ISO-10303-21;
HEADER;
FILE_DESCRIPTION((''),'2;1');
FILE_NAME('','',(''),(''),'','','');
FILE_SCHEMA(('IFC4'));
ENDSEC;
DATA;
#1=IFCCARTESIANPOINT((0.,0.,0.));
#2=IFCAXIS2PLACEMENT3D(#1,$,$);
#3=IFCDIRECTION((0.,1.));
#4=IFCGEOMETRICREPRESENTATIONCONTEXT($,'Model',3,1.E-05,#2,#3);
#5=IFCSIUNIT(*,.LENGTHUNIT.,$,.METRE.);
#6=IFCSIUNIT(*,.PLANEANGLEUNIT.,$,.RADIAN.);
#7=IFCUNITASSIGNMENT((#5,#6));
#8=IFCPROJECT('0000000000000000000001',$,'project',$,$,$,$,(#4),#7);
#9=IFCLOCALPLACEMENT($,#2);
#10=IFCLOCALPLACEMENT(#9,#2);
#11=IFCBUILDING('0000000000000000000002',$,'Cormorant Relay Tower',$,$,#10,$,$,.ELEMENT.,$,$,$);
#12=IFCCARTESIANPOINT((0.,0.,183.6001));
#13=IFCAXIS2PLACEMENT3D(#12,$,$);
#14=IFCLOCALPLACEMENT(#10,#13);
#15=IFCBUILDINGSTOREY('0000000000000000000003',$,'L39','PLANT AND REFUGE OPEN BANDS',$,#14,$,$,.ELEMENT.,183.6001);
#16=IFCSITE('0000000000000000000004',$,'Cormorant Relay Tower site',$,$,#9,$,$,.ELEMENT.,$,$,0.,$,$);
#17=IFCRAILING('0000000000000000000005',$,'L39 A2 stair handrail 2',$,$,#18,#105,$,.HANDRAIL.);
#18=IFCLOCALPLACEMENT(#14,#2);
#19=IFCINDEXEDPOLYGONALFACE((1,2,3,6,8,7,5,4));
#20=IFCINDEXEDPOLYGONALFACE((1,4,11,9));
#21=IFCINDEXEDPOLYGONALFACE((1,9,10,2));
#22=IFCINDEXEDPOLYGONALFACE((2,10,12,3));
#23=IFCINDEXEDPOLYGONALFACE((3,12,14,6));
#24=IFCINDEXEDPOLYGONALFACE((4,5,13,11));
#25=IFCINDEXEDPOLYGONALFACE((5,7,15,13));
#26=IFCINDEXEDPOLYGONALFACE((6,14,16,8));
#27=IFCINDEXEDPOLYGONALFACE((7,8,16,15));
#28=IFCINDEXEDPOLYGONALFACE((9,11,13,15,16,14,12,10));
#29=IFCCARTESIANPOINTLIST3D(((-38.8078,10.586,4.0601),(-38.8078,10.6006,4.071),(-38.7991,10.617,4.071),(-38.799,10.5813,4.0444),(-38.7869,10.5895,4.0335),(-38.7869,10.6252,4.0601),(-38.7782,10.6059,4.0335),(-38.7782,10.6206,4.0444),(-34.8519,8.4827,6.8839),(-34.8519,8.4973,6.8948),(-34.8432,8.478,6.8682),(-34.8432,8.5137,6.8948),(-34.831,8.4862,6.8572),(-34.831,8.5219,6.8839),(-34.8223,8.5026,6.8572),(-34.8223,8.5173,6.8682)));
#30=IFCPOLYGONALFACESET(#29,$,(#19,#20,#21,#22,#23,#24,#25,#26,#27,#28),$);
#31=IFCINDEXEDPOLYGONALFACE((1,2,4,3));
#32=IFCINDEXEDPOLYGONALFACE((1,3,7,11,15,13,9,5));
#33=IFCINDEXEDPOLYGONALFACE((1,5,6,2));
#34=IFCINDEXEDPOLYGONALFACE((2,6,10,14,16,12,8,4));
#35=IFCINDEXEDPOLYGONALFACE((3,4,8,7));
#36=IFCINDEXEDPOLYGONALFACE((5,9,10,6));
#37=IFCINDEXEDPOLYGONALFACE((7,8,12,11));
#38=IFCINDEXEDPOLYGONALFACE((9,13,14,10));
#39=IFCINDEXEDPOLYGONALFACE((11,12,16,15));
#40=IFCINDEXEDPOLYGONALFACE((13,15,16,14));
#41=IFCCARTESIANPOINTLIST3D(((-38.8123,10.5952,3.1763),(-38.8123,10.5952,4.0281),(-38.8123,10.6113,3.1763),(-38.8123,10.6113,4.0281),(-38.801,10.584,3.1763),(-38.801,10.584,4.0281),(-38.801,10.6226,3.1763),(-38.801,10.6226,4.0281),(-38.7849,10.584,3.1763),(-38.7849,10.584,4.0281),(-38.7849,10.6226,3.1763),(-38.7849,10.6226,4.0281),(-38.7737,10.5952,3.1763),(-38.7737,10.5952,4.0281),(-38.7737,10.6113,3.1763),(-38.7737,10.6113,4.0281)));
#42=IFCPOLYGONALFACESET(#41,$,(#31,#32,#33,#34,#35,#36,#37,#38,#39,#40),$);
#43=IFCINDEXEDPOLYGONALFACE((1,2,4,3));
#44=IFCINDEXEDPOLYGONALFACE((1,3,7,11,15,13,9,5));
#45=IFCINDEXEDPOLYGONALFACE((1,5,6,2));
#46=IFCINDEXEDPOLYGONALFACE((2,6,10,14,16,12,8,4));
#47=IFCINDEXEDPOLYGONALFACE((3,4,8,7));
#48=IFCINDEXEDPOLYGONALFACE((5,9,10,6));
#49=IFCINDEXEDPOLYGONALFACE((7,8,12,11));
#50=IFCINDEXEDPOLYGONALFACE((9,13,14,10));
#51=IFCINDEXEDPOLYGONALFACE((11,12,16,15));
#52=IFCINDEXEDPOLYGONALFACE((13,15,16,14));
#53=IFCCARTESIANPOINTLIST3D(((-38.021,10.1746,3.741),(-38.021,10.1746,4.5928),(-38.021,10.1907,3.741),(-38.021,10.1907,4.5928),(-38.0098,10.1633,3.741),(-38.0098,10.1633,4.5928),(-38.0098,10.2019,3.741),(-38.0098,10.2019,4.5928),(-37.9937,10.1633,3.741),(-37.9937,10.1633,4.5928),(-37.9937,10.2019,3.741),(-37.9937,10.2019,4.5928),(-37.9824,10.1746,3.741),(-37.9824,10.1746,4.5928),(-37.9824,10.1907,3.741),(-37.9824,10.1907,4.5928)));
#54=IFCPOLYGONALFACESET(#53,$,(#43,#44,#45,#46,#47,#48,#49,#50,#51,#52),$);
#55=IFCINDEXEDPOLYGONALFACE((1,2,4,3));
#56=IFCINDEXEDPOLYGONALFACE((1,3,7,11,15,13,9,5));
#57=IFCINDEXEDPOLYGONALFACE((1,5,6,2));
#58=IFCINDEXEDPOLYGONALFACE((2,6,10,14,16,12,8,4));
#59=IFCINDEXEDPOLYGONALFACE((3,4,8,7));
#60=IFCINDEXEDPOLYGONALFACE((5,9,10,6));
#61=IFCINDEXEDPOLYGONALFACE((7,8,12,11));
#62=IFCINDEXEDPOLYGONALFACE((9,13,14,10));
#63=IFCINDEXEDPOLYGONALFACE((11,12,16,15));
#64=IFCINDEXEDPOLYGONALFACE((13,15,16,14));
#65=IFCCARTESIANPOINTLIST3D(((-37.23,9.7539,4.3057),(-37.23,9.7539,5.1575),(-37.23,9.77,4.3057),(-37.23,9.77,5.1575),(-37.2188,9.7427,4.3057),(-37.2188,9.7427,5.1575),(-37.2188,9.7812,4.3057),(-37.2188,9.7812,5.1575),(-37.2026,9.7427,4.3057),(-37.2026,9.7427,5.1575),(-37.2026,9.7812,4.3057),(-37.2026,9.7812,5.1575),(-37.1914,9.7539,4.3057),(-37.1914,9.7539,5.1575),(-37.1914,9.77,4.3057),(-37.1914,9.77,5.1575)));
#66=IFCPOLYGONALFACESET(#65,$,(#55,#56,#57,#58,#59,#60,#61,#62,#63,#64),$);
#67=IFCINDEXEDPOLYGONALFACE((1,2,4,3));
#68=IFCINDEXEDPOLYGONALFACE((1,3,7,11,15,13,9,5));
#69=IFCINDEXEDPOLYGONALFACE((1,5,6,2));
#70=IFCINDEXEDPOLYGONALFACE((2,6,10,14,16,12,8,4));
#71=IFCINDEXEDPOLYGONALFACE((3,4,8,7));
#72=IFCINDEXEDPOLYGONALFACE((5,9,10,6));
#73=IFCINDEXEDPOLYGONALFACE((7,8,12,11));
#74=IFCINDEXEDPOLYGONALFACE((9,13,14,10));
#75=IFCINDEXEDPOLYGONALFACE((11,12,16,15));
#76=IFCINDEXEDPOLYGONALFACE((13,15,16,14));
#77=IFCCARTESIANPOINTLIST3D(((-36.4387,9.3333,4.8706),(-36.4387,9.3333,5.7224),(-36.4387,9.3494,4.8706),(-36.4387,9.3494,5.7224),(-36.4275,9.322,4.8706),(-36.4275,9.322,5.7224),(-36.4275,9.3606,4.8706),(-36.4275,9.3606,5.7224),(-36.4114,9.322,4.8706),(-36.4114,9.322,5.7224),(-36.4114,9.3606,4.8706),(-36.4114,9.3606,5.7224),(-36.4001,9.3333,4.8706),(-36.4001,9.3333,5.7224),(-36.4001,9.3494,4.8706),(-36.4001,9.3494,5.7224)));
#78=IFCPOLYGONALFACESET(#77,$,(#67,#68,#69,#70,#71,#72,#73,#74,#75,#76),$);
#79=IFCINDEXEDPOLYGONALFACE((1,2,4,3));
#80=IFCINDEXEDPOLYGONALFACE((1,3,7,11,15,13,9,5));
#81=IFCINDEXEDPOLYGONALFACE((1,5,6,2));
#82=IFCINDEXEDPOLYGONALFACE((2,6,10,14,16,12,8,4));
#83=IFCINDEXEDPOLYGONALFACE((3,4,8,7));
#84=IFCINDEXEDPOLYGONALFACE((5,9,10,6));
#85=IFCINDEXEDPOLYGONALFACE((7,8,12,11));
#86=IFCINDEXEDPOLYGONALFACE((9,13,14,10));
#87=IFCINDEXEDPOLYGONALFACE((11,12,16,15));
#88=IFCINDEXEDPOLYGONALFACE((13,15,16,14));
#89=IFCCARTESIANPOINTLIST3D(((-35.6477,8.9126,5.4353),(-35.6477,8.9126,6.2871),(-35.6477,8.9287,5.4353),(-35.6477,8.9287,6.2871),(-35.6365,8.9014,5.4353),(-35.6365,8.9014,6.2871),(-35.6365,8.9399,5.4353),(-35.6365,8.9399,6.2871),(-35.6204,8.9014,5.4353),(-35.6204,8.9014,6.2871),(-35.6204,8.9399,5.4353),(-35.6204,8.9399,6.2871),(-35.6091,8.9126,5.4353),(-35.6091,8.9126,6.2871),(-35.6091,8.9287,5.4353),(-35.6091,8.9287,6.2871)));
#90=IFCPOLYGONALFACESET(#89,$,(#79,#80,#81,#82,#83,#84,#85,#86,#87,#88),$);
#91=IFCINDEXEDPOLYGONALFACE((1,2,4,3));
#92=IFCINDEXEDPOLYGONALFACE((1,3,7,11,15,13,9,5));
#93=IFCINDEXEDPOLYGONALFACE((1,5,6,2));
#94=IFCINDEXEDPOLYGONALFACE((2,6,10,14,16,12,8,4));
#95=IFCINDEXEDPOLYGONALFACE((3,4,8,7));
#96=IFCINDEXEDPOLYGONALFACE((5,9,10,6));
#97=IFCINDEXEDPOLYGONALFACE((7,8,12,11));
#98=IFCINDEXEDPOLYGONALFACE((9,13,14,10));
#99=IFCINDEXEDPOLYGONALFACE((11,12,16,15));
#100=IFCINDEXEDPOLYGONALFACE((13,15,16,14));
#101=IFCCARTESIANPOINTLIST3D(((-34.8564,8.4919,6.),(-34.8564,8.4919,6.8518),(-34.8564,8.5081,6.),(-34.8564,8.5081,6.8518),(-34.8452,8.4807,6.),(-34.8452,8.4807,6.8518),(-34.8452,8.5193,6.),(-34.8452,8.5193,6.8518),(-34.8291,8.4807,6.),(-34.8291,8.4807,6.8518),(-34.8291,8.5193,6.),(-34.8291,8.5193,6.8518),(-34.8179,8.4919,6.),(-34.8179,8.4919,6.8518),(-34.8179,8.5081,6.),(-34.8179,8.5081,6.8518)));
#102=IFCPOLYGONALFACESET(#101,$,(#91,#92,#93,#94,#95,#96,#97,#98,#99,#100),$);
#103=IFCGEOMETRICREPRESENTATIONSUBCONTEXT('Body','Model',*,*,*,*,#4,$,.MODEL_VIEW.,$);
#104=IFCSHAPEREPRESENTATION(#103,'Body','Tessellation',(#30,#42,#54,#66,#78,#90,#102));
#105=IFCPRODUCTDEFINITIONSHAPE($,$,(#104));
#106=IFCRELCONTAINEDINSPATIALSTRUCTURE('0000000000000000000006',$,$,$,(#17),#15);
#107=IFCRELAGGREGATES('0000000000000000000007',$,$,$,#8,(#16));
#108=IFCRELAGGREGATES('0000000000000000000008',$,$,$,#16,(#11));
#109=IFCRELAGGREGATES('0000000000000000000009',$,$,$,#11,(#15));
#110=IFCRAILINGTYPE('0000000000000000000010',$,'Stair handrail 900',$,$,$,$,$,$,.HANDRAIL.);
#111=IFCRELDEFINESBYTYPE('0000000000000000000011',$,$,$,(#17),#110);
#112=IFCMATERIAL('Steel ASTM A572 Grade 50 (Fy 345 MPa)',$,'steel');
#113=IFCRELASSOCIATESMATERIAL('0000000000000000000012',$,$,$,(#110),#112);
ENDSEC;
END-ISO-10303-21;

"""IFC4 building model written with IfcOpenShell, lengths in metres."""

from ifc_helpers import new_model, si_unit, direction, frame, origin, place, context, subcontext, project, spatial, polyline, outline, extrude, material, type_object, element, save


model = new_model("IFC4")

# Units and contexts
model_context = context("Model", 3, precision=1e-05, world=origin(), true_north=direction((0.0, 1.0)))
body_context = subcontext(model_context, "Body", "Model", "MODEL_VIEW")
ifc_project = project(units=[si_unit("LENGTHUNIT", "METRE"), si_unit("PLANEANGLEUNIT", "RADIAN")], contexts=[model_context])

# Site, building, storey
site_placement = place(None, origin())
site = spatial("IfcSite", under=ifc_project, at=site_placement, Name="Cormorant Relay Tower site", CompositionType="ELEMENT", RefElevation=0.0)
building_placement = place(site_placement, origin())
building = spatial("IfcBuilding", under=site, at=building_placement, Name="Cormorant Relay Tower", CompositionType="ELEMENT")
storey_placement = place(building_placement, frame((0.0, 0.0, 183.6001)))
storey = spatial("IfcBuildingStorey", under=building, at=storey_placement, Name="L39", Description="PLANT AND REFUGE OPEN BANDS", CompositionType="ELEMENT", Elevation=183.6001)

# Railing
ifc_material_1 = material(Name="Steel ASTM A572 Grade 50 (Fy 345 MPa)", Category="steel")
railing_type_1 = type_object("IfcRailingType", Name="Stair handrail 900", PredefinedType="HANDRAIL", material=ifc_material_1)
railing_1_placement = place(storey_placement, frame((-38.793, 10.6033, 3.1763)))
element("IfcRailing", 1, at=railing_1_placement, inside=storey, type_object=railing_type_1, Name="L39 A2 stair handrail 2", PredefinedType="HANDRAIL", context=body_context, shape_type="SweptSolid", body=[
    extrude(outline(polyline([(0.0222, 0.0093), (0.0093, 0.0222), (-0.0093, 0.0222), (-0.0222, 0.0093), (-0.0222, -0.0093), (-0.0093, -0.0222), (0.0093, -0.0222), (0.0222, -0.0093), (0.0222, 0.0093)])), frame((0.0, 0.0, 0.876), z_axis=(0.746969, -0.397157, 0.533201), x_axis=(0.469459, 0.882954, 0.0)), (0.0, 0.0, 1.0), 5.2959),
    extrude(outline(polyline([(0.0193, 0.0081), (0.0081, 0.0193), (-0.0081, 0.0193), (-0.0193, 0.0081), (-0.0193, -0.0081), (-0.0081, -0.0193), (0.0081, -0.0193), (0.0193, -0.0081), (0.0193, 0.0081)])), origin(), (0.0, 0.0, 1.0), 0.8518),
    extrude(outline(polyline([(0.0193, 0.0081), (0.0081, 0.0193), (-0.0081, 0.0193), (-0.0193, 0.0081), (-0.0193, -0.0081), (-0.0081, -0.0193), (0.0081, -0.0193), (0.0193, -0.0081), (0.0193, 0.0081)])), frame((0.7913, -0.4207, 0.5647)), (0.0, 0.0, 1.0), 0.8518),
    extrude(outline(polyline([(0.0193, 0.0081), (0.0081, 0.0193), (-0.0081, 0.0193), (-0.0193, 0.0081), (-0.0193, -0.0081), (-0.0081, -0.0193), (0.0081, -0.0193), (0.0193, -0.0081), (0.0193, 0.0081)])), frame((1.5823, -0.8413, 1.1294)), (0.0, 0.0, 1.0), 0.8518),
    extrude(outline(polyline([(0.0193, 0.0081), (0.0081, 0.0193), (-0.0081, 0.0193), (-0.0193, 0.0081), (-0.0193, -0.0081), (-0.0081, -0.0193), (0.0081, -0.0193), (0.0193, -0.0081), (0.0193, 0.0081)])), frame((2.3735, -1.262, 1.6943)), (0.0, 0.0, 1.0), 0.8518),
    extrude(outline(polyline([(0.0193, 0.0081), (0.0081, 0.0193), (-0.0081, 0.0193), (-0.0193, 0.0081), (-0.0193, -0.0081), (-0.0081, -0.0193), (0.0081, -0.0193), (0.0193, -0.0081), (0.0193, 0.0081)])), frame((3.1646, -1.6826, 2.259)), (0.0, 0.0, 1.0), 0.8518),
    extrude(outline(polyline([(0.0193, 0.0081), (0.0081, 0.0193), (-0.0081, 0.0193), (-0.0193, 0.0081), (-0.0193, -0.0081), (-0.0081, -0.0193), (0.0081, -0.0193), (0.0193, -0.0081), (0.0193, 0.0081)])), frame((3.9558, -2.1033, 2.8237)), (0.0, 0.0, 1.0), 0.8518),
])

save(model, "model.ifc")
